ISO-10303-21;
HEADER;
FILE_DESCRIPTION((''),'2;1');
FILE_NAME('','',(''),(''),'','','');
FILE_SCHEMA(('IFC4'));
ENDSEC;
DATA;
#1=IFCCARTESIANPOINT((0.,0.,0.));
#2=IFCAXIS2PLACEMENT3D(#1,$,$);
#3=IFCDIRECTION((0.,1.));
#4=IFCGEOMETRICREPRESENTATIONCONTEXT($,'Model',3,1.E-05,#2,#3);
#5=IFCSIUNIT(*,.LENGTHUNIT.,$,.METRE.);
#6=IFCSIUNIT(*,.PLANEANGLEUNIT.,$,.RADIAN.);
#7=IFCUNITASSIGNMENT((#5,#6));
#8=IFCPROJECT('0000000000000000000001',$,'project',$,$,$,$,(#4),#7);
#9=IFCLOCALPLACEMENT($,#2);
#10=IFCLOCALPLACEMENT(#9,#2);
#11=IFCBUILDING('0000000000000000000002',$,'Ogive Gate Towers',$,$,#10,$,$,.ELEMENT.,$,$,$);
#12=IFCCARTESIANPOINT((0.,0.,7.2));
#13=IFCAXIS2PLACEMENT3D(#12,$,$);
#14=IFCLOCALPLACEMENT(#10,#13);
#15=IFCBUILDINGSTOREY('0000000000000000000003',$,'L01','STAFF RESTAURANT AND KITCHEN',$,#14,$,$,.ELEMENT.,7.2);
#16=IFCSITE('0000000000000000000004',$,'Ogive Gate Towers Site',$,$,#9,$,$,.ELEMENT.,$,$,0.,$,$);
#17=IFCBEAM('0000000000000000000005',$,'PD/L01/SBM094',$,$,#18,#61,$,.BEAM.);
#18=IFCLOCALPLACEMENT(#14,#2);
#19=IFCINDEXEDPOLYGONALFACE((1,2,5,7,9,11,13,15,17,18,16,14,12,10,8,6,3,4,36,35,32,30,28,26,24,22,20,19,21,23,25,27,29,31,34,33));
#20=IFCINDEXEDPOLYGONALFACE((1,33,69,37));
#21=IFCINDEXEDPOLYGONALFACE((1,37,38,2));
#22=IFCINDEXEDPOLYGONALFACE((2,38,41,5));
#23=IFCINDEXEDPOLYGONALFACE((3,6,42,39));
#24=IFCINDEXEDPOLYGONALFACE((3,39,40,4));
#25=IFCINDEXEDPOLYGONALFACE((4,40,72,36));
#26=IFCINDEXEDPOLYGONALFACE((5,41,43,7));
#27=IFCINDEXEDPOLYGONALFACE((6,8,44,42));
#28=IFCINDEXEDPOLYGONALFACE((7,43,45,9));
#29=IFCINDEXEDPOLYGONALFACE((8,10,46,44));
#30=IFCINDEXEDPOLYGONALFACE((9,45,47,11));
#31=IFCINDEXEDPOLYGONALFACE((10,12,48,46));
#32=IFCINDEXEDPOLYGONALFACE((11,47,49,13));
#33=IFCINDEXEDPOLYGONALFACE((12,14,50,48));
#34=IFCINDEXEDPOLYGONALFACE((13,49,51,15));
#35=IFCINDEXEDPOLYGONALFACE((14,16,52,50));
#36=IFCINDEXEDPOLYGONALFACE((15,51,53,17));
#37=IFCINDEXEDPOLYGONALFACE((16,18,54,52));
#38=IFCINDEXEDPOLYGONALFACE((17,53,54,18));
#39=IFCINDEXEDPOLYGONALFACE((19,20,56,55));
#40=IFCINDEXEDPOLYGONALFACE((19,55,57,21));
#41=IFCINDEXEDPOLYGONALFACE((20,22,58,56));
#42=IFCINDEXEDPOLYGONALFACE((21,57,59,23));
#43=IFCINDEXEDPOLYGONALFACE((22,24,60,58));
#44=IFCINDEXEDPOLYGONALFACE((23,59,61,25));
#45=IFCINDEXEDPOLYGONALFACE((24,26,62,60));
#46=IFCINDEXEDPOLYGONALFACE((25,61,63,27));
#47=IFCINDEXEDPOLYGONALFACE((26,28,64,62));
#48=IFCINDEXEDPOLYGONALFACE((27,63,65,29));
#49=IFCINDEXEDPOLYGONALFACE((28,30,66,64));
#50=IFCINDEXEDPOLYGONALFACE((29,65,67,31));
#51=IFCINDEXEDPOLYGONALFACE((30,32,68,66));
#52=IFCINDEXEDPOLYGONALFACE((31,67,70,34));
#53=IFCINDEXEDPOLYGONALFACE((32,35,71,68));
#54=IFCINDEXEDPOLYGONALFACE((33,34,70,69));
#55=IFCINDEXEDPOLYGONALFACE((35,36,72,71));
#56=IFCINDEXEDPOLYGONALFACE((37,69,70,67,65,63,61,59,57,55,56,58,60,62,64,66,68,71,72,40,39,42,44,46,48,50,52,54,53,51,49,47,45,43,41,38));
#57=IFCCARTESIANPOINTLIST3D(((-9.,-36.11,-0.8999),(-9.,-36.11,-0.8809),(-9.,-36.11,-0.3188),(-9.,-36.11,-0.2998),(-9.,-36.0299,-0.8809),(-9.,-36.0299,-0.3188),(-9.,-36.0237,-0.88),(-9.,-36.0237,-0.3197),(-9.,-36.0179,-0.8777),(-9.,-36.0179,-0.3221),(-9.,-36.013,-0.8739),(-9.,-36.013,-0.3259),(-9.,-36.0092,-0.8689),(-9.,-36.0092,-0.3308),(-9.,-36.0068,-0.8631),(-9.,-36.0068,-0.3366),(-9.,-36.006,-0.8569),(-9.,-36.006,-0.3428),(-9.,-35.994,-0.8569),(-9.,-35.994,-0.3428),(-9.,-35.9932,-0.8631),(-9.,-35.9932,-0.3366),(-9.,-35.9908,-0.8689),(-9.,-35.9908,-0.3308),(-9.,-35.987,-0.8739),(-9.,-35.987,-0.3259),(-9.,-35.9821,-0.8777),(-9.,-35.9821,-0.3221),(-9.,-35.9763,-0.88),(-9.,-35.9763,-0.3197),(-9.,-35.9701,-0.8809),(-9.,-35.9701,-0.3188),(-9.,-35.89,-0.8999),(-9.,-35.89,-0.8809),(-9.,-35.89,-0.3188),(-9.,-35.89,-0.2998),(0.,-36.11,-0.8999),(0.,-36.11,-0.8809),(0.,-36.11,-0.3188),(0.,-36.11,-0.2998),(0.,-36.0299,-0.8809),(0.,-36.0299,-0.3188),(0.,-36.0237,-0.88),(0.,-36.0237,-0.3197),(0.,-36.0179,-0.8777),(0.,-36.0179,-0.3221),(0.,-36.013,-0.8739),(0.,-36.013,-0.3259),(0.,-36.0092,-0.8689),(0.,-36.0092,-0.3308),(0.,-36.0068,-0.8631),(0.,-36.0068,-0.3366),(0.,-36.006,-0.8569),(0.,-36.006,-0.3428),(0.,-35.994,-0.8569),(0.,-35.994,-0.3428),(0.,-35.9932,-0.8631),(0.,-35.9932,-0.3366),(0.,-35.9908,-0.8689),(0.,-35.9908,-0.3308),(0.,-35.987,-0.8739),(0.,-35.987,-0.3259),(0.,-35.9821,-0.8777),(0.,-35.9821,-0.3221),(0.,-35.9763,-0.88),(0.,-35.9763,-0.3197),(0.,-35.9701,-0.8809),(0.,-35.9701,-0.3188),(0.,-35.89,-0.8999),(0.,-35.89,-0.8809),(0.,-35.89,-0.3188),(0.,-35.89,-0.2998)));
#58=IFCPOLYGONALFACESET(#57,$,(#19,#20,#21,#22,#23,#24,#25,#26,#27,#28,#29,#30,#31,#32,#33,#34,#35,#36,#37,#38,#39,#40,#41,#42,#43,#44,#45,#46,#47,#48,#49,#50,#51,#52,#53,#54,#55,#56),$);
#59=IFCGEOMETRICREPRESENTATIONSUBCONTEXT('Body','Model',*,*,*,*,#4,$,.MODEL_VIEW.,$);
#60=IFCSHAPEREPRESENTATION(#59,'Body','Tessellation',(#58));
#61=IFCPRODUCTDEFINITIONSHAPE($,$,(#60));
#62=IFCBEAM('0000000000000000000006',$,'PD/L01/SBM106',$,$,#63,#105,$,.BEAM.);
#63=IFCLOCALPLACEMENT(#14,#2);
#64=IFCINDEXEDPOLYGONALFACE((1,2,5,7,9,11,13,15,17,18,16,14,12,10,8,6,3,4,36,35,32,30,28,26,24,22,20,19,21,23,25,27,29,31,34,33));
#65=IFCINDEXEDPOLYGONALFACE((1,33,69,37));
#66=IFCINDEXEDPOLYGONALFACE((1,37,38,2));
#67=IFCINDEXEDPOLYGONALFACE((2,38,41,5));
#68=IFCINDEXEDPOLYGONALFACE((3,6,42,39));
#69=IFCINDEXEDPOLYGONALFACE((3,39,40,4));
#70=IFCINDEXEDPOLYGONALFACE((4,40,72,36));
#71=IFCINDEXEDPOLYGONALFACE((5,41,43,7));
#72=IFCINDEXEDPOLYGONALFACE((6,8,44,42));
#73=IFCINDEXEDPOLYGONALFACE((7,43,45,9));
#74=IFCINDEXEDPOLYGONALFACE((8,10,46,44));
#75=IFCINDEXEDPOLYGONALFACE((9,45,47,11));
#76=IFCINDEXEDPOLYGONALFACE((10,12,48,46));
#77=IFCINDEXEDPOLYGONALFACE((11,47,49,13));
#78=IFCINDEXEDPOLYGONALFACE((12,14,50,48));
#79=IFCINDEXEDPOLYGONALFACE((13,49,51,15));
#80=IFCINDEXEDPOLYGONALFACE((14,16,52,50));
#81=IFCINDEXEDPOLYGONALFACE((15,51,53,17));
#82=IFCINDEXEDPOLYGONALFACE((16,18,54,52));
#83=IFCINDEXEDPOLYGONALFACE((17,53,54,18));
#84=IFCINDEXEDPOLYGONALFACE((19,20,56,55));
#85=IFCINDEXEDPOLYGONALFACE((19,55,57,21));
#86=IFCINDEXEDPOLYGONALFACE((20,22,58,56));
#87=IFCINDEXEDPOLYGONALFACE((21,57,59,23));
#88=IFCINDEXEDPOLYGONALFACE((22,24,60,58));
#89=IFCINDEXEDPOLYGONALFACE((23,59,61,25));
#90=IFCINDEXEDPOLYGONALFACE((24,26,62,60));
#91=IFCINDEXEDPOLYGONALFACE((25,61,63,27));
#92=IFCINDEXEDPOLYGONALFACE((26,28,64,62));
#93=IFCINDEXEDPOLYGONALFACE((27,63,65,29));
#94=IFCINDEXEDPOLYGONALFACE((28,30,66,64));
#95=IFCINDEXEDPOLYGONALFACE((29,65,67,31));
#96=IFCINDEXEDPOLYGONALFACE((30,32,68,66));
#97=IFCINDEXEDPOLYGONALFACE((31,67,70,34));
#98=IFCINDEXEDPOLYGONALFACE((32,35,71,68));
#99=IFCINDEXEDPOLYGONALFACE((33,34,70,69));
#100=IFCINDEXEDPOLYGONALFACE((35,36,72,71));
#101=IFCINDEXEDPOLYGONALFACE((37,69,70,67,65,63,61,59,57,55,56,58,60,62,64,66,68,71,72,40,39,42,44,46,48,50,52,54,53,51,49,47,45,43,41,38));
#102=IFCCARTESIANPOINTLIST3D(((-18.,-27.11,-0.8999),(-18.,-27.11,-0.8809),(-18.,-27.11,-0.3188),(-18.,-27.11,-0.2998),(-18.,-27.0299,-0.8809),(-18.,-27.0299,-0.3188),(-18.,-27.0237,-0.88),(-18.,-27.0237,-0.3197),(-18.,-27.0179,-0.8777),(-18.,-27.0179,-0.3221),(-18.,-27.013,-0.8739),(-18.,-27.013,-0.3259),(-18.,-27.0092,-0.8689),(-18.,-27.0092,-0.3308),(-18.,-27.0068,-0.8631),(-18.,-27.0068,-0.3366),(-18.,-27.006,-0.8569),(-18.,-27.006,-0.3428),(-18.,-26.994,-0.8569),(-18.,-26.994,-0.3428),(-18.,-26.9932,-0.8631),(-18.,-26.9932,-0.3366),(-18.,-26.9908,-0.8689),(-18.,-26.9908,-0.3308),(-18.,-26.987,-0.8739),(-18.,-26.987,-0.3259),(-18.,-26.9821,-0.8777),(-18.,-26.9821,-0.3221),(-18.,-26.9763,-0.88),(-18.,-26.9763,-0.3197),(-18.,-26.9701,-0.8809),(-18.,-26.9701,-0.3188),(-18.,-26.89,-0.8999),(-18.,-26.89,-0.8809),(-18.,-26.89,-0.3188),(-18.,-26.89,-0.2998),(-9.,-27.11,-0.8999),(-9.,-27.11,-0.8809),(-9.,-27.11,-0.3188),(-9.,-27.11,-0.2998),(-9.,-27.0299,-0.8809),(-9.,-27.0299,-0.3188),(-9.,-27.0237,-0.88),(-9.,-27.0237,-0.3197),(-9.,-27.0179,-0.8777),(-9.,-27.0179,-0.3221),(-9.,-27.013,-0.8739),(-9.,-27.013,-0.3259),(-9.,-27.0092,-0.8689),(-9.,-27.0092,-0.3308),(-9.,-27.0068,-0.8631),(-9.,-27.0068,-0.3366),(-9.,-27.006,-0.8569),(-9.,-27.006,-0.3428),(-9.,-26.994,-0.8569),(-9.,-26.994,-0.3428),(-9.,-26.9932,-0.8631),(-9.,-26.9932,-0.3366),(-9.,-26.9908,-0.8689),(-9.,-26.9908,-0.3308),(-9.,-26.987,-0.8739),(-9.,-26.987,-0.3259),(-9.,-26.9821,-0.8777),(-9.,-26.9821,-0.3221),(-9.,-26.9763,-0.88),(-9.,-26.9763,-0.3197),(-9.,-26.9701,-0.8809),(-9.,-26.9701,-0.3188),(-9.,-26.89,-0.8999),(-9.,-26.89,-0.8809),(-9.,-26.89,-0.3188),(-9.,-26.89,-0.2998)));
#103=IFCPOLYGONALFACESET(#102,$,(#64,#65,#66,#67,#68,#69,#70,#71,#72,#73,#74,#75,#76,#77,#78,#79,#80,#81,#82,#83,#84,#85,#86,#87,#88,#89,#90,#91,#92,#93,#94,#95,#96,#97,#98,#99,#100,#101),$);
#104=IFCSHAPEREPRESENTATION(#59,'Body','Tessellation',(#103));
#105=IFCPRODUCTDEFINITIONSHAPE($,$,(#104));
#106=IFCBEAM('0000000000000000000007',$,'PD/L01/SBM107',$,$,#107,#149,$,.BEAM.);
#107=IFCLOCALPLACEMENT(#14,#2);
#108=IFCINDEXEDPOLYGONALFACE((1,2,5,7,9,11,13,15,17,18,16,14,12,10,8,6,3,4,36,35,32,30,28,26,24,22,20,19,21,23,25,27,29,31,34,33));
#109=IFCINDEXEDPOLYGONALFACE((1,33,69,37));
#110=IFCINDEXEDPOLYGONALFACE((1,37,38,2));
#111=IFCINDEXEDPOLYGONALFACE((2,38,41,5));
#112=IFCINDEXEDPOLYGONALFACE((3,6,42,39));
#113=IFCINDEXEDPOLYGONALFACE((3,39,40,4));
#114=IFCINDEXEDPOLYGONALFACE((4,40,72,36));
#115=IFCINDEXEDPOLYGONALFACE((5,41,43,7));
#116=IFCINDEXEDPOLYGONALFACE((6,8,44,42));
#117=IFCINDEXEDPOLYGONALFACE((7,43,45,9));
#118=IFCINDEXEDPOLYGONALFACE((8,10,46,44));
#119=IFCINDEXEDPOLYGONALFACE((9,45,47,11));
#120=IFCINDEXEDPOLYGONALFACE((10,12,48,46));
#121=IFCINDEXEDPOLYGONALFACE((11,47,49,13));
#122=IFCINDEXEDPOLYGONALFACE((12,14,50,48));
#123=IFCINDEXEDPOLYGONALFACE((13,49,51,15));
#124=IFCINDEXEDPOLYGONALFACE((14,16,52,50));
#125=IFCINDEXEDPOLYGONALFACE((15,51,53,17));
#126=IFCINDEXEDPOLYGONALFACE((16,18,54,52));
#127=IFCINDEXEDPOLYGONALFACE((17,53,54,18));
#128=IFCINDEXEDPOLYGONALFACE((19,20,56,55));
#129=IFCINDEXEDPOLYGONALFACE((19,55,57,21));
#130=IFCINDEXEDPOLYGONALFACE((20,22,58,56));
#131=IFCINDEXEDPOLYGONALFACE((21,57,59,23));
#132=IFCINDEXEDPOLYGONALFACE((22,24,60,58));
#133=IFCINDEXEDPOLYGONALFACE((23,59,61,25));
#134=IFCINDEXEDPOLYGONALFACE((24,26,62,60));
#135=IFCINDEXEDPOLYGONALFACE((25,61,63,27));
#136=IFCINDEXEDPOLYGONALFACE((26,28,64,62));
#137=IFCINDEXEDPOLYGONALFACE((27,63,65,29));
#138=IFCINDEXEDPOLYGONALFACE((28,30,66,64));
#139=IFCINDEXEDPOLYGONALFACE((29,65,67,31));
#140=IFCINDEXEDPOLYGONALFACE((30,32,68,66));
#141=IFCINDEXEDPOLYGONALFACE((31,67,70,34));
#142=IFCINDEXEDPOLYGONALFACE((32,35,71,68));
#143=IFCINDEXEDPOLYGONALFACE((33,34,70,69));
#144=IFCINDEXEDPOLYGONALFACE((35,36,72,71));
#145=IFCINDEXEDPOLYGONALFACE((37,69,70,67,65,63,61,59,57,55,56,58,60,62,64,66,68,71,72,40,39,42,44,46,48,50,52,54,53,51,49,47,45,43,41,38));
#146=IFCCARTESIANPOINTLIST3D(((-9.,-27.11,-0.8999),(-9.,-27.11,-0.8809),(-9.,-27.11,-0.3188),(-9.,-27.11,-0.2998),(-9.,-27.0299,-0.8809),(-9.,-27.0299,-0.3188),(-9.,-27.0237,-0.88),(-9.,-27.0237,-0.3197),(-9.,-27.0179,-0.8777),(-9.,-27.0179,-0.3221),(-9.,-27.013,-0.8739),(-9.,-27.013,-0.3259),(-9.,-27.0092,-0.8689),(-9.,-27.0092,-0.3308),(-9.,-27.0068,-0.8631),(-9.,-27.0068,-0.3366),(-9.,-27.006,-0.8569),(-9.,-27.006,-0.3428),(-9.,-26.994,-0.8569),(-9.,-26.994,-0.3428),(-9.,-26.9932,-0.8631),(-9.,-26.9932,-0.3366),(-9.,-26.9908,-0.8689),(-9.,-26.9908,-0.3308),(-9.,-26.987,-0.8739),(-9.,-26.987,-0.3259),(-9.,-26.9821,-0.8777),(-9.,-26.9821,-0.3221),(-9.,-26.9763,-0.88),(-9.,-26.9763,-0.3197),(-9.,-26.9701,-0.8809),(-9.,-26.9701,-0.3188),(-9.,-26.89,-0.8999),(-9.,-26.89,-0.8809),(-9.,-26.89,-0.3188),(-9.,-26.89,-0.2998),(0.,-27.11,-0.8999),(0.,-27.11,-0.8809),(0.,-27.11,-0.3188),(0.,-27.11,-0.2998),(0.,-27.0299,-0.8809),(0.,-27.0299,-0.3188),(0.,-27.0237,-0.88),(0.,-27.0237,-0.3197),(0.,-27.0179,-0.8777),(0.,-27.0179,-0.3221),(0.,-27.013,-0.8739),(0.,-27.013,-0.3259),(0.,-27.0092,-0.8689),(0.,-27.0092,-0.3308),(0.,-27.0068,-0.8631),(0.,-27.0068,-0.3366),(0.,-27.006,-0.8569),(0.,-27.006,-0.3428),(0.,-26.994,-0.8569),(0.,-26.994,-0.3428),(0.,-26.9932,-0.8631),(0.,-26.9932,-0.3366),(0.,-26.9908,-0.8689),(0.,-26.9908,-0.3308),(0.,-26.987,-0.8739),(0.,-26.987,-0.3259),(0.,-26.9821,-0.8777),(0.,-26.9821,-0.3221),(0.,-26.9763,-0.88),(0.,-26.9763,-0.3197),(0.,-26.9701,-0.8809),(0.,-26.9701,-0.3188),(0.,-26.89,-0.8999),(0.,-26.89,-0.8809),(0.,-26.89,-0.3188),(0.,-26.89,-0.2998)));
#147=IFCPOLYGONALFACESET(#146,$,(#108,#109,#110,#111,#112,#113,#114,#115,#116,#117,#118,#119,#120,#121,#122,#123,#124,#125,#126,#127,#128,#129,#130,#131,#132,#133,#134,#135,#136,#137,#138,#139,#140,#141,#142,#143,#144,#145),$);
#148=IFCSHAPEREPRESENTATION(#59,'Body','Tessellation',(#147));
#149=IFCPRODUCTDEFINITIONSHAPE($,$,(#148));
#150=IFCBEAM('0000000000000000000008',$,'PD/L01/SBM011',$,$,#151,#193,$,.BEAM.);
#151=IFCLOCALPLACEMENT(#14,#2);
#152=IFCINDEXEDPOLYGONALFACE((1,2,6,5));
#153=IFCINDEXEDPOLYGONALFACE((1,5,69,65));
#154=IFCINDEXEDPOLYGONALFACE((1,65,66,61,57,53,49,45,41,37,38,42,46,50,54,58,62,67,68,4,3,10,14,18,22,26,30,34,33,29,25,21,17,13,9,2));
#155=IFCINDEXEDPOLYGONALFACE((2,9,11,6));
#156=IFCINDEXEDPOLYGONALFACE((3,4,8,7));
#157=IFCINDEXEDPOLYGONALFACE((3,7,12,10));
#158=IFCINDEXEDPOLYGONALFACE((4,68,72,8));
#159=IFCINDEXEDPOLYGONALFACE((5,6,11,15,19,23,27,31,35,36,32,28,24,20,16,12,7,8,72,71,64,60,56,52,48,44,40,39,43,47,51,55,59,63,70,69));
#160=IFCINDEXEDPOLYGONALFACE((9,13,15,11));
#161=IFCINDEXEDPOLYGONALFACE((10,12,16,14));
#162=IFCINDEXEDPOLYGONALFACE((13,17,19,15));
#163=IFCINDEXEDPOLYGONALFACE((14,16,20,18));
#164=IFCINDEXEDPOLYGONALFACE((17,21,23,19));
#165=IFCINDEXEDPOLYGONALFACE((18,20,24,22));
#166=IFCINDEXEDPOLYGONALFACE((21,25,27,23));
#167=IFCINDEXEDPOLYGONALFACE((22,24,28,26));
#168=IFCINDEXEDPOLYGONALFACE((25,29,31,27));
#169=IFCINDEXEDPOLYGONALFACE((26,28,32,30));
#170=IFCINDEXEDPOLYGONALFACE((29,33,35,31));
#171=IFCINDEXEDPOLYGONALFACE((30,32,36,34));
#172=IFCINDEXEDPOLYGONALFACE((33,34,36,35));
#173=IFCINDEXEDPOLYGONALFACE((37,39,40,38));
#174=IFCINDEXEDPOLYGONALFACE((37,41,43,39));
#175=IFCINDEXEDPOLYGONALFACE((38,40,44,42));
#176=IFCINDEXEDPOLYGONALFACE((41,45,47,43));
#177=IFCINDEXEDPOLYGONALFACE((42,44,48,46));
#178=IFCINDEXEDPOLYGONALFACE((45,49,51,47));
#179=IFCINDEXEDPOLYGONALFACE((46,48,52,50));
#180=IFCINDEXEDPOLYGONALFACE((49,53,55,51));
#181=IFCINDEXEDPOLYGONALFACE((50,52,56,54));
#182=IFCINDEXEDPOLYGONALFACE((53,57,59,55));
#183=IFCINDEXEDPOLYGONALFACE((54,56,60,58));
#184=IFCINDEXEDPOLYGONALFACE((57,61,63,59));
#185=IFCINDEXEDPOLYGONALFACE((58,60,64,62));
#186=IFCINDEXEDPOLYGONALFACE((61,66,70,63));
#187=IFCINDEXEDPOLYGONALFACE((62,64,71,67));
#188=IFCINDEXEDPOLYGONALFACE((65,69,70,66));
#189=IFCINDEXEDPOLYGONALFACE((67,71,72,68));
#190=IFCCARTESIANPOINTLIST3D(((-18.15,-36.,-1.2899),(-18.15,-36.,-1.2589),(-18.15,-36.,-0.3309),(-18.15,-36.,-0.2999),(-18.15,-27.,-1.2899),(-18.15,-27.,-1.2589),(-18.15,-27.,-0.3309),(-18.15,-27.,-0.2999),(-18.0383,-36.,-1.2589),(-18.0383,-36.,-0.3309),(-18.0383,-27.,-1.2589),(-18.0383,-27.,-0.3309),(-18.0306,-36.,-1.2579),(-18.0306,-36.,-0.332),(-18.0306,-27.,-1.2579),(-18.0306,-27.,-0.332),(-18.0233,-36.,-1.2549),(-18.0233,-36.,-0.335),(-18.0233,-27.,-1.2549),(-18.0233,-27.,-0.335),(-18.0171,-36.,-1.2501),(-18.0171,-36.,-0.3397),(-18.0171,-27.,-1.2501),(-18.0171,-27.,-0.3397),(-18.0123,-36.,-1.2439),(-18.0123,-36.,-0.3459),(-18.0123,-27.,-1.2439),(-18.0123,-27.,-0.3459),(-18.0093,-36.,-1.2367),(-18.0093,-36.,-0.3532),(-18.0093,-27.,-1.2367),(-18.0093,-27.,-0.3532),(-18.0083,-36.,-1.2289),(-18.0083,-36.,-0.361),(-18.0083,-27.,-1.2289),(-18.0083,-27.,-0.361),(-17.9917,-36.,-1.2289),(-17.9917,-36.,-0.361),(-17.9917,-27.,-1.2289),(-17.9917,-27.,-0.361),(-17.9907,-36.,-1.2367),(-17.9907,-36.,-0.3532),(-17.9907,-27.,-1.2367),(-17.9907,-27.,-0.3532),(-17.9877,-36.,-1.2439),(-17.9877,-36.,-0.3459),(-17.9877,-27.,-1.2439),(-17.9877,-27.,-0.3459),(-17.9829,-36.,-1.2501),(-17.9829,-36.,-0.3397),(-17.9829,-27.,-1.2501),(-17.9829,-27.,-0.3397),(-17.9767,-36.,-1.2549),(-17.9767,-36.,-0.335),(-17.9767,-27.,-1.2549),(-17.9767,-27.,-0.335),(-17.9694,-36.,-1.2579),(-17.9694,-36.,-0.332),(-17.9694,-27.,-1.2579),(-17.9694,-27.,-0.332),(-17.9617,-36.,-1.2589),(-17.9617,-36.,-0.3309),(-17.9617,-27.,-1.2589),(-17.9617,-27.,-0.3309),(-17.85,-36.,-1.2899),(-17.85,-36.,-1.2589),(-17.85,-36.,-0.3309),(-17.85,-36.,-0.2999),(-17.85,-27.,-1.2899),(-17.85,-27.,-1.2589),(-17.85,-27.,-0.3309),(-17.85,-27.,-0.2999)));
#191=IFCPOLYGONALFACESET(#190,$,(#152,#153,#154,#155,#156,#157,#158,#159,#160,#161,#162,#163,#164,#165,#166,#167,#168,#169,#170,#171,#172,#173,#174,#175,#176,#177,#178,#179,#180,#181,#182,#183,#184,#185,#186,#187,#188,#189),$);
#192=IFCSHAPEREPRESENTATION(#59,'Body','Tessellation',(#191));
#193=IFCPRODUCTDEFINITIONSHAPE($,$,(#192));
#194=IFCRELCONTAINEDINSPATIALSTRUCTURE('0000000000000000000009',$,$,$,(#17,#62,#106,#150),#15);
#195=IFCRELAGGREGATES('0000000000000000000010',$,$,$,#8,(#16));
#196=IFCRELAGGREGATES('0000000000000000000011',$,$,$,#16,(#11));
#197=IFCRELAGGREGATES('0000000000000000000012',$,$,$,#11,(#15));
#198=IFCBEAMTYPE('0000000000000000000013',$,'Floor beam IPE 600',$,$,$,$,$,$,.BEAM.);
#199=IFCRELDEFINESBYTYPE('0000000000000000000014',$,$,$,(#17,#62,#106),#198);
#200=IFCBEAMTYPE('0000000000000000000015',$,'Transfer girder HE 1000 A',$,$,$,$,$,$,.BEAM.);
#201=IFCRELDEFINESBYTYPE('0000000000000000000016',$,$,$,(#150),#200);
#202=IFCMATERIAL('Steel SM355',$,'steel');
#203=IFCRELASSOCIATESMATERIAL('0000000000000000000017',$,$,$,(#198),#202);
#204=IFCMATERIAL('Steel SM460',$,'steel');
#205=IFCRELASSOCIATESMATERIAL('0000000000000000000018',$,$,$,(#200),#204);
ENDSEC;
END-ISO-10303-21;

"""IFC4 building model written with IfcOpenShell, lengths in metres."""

from ifc_helpers import new_model, si_unit, direction, frame, origin, origin_2d, place, context, subcontext, project, spatial, i_section, extrude, material, material_profile, profile_set, type_object, element, save


model = new_model("IFC4")

# Units and contexts
model_context = context("Model", 3, precision=1e-05, world=origin(), true_north=direction((0.0, 1.0)))
body_context = subcontext(model_context, "Body", "Model", "MODEL_VIEW")
ifc_project = project(units=[si_unit("LENGTHUNIT", "METRE"), si_unit("PLANEANGLEUNIT", "RADIAN")], contexts=[model_context])

# Site, building, storey
site_placement = place(None, origin())
site = spatial("IfcSite", under=ifc_project, at=site_placement, Name="Ogive Gate Towers Site", CompositionType="ELEMENT", RefElevation=0.0)
building_placement = place(site_placement, origin())
building = spatial("IfcBuilding", under=site, at=building_placement, Name="Ogive Gate Towers", CompositionType="ELEMENT")
storey_placement = place(building_placement, frame((0.0, 0.0, 7.2)))
storey = spatial("IfcBuildingStorey", under=building, at=storey_placement, Name="L01", Description="STAFF RESTAURANT AND KITCHEN", CompositionType="ELEMENT", Elevation=7.2)

# Beams
ifc_material_1 = material(Name="Steel SM355", Category="steel")
ifc_material_profile_1 = material_profile(ifc_material_1, i_section(OverallWidth=0.22, OverallDepth=0.6001, WebThickness=0.012, FlangeThickness=0.019, FilletRadius=0.0239, at=origin_2d()), Name="IPE 600")
ifc_profile_set_1 = profile_set([ifc_material_profile_1], Name="Steel SM355")
beam_type_1 = type_object("IfcBeamType", Name="Floor beam IPE 600", PredefinedType="BEAM", material=ifc_profile_set_1)
for number, where, z_axis, x_axis, name in (
    (1, (-9.0, -36.0, -0.5999), (1.0, 0.0, 0.0), (0.0, 1.0, 0.0), "PD/L01/SBM094"),
    (2, (-18.0, -27.0, -0.5999), (1.0, 0.0, 0.0), (0.0, 1.0, 0.0), "PD/L01/SBM106"),
    (3, (-9.0, -27.0, -0.5999), (1.0, 0.0, 0.0), (0.0, 1.0, 0.0), "PD/L01/SBM107"),
):
    element("IfcBeam", number, at=place(storey_placement, frame(where, z_axis=z_axis, x_axis=x_axis)), inside=storey, type_object=beam_type_1, Name=name, PredefinedType="BEAM", context=body_context, shape_type="SweptSolid", body=[
        extrude(i_section(OverallWidth=0.22, OverallDepth=0.6001, WebThickness=0.012, FlangeThickness=0.019, FilletRadius=0.0239, at=origin_2d()), origin(), (0.0, 0.0, 1.0), 9.0),
    ])
ifc_material_2 = material(Name="Steel SM460", Category="steel")
ifc_material_profile_2 = material_profile(ifc_material_2, i_section(OverallWidth=0.3, OverallDepth=0.99, WebThickness=0.0166, FlangeThickness=0.031, FilletRadius=0.03, at=origin_2d()), Name="HE 1000 A")
ifc_profile_set_2 = profile_set([ifc_material_profile_2], Name="Steel SM460")
beam_type_2 = type_object("IfcBeamType", Name="Transfer girder HE 1000 A", PredefinedType="BEAM", material=ifc_profile_set_2)
for number, where, z_axis, x_axis, name in (
    (4, (-18.0, -36.0, -0.7949), (0.0, 1.0, 0.0), (-1.0, 0.0, 0.0), "PD/L01/SBM011"),
):
    element("IfcBeam", number, at=place(storey_placement, frame(where, z_axis=z_axis, x_axis=x_axis)), inside=storey, type_object=beam_type_2, Name=name, PredefinedType="BEAM", context=body_context, shape_type="SweptSolid", body=[
        extrude(i_section(OverallWidth=0.3, OverallDepth=0.99, WebThickness=0.0166, FlangeThickness=0.031, FilletRadius=0.03, at=origin_2d()), origin(), (0.0, 0.0, 1.0), 9.0),
    ])

save(model, "model.ifc")
